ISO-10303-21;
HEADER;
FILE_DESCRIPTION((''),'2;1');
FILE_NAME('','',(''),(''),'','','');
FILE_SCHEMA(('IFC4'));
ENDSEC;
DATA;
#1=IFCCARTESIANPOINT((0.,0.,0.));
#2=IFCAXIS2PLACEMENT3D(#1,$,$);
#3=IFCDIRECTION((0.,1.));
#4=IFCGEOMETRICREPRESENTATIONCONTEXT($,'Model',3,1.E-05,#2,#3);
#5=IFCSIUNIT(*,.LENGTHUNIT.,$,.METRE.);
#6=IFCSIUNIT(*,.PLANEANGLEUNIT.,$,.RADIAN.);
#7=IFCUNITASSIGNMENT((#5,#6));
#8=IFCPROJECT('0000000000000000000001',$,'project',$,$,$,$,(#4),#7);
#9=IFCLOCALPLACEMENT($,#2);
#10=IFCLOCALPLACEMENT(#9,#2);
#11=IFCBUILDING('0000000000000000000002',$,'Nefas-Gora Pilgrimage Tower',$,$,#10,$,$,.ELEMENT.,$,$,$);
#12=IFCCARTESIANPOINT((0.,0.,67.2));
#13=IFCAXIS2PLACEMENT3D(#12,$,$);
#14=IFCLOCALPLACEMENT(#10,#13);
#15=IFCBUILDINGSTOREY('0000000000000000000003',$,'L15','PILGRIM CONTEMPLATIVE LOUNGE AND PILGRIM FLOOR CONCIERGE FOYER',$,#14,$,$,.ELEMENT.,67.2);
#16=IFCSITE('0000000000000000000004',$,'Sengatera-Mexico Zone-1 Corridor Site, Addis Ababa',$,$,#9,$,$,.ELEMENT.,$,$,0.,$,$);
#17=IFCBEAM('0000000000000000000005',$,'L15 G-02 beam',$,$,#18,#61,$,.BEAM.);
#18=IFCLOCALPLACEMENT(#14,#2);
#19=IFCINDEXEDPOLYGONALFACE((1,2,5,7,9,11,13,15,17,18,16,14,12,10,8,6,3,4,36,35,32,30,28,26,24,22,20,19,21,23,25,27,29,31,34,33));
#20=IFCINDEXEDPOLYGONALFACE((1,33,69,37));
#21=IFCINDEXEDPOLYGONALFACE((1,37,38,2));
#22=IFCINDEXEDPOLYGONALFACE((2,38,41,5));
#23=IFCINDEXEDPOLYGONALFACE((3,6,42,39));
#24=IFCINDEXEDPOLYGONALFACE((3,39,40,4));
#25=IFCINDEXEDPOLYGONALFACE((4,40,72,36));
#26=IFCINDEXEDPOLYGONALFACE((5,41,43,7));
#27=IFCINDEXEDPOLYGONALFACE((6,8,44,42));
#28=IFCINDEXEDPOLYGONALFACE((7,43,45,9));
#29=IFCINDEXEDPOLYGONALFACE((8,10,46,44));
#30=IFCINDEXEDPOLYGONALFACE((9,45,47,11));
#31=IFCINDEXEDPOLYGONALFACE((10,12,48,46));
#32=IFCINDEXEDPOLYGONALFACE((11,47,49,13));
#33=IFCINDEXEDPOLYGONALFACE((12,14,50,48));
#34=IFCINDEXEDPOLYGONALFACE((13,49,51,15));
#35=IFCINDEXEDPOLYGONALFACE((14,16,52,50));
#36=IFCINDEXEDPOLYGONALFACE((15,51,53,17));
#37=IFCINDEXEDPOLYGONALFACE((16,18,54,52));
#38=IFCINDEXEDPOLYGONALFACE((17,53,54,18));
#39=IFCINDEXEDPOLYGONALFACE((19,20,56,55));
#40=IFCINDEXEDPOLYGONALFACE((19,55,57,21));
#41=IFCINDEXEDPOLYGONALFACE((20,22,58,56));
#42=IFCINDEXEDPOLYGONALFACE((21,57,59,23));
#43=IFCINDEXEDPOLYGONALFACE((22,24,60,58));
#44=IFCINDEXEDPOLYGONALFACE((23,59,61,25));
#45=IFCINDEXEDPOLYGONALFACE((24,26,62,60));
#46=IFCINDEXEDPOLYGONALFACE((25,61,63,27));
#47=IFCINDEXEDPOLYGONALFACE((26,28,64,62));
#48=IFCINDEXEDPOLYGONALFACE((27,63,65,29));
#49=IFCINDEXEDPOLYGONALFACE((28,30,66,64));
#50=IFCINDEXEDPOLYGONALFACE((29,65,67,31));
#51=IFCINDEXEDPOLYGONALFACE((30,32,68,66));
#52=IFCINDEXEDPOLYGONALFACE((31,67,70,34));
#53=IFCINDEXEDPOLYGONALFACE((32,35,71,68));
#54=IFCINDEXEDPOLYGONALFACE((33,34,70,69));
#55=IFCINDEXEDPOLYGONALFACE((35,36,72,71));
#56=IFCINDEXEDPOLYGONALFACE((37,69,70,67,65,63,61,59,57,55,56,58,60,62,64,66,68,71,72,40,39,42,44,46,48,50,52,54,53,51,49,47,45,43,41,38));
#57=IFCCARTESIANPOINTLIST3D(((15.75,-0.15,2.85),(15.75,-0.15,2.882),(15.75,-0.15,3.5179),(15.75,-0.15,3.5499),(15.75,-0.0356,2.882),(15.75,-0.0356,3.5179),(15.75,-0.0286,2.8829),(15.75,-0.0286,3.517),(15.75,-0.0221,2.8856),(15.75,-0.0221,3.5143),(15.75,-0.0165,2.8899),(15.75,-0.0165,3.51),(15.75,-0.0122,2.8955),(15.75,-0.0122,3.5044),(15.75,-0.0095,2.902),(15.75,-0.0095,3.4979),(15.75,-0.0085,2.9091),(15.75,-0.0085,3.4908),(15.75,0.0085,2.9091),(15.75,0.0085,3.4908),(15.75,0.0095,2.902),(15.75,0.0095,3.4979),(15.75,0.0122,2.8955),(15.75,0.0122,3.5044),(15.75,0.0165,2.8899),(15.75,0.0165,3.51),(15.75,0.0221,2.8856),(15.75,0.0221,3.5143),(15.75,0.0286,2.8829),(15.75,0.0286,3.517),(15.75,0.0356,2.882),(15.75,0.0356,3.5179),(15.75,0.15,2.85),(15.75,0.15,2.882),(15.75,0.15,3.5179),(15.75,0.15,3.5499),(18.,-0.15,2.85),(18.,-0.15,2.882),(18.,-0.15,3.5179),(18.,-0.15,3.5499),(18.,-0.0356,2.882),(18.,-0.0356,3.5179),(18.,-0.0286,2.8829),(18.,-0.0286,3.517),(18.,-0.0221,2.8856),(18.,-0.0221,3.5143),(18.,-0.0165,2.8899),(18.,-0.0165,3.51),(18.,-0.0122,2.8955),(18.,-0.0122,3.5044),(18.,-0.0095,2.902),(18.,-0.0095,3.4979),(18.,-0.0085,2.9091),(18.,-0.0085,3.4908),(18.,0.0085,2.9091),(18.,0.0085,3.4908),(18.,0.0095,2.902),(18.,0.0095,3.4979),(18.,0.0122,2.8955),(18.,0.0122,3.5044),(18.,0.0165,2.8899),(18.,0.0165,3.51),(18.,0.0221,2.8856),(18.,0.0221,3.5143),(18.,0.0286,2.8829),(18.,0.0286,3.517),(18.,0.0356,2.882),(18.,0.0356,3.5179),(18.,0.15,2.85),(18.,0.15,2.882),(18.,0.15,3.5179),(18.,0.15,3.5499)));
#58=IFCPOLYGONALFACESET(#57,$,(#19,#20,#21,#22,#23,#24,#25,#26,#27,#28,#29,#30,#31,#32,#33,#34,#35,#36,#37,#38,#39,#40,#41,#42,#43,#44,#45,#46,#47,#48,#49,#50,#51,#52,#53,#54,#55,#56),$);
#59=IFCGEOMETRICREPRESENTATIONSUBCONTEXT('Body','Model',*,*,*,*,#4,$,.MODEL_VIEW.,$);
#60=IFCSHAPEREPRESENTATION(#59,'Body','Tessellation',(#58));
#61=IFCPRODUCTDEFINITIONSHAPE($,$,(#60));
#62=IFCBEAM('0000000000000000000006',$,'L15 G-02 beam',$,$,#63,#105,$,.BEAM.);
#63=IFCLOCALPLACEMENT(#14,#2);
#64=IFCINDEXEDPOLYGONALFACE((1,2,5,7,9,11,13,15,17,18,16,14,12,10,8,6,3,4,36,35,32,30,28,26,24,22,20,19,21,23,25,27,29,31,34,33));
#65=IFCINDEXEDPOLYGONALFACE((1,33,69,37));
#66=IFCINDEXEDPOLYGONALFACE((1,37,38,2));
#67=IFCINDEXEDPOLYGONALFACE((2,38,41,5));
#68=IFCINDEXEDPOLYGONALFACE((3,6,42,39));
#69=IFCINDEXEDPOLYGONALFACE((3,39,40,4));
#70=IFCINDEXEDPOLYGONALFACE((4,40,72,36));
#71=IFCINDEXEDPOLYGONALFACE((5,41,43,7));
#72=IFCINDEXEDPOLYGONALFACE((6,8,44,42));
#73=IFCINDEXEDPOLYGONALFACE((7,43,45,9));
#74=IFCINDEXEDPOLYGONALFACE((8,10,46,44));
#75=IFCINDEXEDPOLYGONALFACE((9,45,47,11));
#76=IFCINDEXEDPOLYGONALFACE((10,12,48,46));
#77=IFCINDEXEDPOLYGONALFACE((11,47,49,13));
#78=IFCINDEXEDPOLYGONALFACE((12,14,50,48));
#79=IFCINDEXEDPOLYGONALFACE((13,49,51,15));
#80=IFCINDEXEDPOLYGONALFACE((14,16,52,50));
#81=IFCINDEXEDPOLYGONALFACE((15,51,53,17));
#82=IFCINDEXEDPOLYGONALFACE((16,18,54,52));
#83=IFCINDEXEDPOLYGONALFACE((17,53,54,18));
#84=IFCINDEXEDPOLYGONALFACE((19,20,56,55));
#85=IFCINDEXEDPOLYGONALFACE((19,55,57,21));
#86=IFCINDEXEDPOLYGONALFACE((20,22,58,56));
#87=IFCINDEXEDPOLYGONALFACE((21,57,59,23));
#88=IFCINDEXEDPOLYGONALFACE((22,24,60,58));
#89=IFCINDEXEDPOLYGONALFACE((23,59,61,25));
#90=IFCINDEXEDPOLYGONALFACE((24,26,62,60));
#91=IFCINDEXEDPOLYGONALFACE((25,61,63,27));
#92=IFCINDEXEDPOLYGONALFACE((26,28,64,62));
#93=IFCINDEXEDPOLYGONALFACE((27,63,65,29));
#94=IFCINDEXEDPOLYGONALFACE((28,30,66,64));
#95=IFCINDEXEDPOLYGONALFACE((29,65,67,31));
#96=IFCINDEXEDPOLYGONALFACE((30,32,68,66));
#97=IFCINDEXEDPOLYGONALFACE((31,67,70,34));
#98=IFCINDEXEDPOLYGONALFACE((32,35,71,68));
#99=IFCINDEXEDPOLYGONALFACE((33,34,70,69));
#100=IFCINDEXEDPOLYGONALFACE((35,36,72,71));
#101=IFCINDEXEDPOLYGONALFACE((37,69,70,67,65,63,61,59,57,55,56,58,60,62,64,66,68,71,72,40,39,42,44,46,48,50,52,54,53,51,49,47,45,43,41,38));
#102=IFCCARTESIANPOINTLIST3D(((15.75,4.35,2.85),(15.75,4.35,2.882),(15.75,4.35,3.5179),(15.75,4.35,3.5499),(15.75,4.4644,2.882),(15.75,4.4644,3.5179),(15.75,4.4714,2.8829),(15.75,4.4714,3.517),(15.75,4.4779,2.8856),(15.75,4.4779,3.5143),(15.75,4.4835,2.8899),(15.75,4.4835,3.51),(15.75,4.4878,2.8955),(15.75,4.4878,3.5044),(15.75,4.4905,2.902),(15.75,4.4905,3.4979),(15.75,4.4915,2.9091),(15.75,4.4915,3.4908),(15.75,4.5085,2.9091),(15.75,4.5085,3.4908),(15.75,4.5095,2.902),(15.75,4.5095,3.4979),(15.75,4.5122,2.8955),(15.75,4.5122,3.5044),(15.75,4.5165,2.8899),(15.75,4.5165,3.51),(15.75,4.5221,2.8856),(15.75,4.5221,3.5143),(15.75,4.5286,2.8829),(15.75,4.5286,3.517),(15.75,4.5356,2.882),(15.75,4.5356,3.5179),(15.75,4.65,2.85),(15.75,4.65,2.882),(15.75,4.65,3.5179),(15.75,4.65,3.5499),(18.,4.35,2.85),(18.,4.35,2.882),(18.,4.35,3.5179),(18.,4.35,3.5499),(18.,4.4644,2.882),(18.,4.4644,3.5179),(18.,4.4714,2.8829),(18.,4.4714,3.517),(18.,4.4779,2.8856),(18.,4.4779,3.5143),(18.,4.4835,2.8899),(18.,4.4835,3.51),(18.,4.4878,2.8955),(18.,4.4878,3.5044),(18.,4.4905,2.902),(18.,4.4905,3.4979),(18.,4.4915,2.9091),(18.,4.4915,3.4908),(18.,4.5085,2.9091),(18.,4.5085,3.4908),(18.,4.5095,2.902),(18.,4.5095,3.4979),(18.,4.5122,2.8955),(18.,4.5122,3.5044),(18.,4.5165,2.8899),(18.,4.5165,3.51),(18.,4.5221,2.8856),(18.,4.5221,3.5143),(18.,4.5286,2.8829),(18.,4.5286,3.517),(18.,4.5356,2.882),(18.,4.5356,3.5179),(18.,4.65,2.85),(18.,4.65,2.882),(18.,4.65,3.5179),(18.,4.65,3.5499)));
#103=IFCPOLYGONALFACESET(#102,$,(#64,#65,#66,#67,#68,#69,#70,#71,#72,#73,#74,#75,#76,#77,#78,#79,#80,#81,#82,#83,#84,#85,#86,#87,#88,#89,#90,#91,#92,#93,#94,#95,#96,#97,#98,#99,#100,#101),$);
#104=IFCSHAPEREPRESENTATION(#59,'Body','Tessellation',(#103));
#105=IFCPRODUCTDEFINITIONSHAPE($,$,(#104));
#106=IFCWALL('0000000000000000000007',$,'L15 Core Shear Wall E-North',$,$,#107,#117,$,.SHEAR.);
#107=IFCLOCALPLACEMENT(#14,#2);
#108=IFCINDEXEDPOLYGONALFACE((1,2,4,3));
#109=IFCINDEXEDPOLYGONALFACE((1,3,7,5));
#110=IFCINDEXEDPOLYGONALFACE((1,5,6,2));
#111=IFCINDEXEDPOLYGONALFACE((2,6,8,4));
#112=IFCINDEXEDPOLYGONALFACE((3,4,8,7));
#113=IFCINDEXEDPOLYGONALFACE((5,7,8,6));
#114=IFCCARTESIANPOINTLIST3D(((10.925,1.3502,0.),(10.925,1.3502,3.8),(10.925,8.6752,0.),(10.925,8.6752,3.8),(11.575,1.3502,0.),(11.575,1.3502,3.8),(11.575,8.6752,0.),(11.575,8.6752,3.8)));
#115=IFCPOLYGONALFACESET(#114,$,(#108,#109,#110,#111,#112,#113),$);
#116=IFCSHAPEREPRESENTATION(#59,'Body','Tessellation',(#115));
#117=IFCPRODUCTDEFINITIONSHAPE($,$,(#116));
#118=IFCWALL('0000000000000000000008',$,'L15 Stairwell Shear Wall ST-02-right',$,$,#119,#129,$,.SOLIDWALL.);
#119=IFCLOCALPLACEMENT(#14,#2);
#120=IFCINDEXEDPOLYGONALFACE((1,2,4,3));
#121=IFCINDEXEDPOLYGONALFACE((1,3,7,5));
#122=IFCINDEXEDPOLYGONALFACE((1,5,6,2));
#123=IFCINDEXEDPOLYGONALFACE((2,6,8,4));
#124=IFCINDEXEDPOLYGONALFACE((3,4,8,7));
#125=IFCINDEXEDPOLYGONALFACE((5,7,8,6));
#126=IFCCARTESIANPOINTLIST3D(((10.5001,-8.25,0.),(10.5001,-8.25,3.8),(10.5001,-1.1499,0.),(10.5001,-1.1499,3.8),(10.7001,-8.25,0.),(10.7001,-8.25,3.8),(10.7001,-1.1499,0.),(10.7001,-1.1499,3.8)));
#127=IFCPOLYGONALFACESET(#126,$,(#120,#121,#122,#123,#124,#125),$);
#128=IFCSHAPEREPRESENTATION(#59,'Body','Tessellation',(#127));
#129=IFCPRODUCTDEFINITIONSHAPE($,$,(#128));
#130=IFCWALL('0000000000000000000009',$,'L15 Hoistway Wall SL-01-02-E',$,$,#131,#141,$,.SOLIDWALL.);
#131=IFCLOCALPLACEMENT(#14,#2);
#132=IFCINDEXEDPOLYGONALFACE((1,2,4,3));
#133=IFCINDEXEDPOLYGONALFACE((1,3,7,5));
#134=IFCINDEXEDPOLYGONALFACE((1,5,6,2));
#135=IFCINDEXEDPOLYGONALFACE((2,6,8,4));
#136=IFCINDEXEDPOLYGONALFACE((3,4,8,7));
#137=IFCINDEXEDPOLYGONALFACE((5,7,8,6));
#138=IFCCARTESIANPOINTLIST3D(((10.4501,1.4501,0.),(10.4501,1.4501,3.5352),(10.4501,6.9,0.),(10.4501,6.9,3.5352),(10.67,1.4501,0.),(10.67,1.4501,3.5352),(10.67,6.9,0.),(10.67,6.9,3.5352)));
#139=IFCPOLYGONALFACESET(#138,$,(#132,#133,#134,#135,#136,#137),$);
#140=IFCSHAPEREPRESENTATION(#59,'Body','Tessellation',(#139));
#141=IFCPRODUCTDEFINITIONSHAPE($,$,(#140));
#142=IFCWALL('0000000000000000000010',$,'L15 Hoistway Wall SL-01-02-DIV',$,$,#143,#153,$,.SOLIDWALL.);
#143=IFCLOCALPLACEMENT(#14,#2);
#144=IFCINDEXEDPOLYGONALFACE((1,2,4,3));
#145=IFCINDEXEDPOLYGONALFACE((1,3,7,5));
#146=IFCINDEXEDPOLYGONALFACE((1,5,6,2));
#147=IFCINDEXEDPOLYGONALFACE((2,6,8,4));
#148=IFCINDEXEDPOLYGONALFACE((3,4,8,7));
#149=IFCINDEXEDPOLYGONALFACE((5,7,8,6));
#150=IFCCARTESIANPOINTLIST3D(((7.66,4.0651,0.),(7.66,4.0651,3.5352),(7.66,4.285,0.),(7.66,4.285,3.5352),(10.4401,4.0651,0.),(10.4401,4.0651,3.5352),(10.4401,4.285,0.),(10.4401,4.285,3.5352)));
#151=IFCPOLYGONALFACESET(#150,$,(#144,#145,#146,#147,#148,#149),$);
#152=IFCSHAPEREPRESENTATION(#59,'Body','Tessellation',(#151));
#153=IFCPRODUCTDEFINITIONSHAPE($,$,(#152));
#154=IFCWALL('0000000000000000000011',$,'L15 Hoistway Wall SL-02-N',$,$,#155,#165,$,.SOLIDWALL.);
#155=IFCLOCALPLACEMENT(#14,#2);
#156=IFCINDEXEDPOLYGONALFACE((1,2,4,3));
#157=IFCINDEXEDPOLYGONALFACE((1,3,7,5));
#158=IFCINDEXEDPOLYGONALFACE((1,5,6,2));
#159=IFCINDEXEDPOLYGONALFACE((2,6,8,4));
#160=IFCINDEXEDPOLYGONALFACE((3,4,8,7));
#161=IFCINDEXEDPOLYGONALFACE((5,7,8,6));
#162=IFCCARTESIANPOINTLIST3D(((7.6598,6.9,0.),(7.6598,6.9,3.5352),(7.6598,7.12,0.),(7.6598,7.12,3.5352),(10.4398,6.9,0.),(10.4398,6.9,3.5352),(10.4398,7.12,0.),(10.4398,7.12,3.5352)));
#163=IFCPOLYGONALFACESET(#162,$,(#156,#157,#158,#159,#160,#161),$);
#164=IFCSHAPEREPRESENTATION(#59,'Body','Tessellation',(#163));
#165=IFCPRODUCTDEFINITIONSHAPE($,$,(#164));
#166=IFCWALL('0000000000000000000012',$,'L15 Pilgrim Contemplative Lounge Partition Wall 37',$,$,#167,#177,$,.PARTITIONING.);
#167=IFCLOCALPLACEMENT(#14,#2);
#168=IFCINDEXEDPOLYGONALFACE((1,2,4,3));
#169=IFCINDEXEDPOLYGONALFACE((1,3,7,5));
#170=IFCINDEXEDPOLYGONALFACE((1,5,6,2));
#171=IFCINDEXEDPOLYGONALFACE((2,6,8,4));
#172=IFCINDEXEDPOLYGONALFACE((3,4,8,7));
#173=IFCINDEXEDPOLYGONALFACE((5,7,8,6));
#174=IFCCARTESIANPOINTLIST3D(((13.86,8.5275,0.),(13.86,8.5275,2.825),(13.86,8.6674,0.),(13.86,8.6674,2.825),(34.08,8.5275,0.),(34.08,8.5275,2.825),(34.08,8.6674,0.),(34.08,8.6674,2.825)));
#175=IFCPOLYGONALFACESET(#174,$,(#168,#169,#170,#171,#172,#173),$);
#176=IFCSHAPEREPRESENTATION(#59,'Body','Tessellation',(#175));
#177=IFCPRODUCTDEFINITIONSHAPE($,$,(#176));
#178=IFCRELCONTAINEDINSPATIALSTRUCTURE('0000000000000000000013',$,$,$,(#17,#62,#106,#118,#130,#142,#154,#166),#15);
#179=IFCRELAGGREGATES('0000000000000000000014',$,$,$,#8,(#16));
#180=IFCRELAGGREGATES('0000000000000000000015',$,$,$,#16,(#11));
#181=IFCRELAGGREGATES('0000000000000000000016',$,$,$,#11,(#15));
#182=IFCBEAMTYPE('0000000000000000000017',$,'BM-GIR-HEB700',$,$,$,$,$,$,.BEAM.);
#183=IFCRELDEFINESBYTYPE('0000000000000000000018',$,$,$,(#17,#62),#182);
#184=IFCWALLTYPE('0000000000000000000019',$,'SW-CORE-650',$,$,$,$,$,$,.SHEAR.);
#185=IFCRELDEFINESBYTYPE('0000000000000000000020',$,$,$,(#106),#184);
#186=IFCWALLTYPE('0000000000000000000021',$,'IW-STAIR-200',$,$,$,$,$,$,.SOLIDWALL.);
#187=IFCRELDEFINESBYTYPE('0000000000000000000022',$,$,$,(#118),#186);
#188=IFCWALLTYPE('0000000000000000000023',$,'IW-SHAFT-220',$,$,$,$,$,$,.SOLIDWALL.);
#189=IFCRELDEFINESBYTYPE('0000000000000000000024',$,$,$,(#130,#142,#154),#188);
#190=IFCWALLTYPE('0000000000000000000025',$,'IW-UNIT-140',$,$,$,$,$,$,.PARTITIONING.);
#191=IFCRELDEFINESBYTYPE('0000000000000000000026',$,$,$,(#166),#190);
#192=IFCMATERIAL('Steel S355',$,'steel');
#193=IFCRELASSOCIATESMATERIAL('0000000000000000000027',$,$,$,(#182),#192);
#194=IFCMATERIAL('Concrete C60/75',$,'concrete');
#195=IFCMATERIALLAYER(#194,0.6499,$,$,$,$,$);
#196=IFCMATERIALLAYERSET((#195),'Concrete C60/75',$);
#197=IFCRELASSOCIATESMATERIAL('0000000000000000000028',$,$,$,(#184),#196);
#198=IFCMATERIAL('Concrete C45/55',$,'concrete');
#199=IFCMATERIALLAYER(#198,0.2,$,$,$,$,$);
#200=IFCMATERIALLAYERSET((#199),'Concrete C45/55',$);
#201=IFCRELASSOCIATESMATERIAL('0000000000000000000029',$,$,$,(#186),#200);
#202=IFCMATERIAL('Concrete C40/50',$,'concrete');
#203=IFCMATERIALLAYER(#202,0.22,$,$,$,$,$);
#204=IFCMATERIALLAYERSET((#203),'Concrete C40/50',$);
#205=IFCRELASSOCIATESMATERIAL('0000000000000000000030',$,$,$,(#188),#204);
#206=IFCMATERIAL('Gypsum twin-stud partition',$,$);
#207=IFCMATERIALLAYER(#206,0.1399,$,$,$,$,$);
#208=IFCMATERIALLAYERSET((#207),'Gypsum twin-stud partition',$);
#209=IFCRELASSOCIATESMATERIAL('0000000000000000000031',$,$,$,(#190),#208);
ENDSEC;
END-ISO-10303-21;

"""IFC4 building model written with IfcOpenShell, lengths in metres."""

from ifc_helpers import new_model, si_unit, direction, frame, frame_2d, origin, origin_2d, place, context, subcontext, project, spatial, rectangle, i_section, extrude, source, transform, mapped, material, layer, layer_set, material_profile, profile_set, type_object, element, save


model = new_model("IFC4")

# Units and contexts
model_context = context("Model", 3, precision=1e-05, world=origin(), true_north=direction((0.0, 1.0)))
body_context = subcontext(model_context, "Body", "Model", "MODEL_VIEW")
ifc_project = project(units=[si_unit("LENGTHUNIT", "METRE"), si_unit("PLANEANGLEUNIT", "RADIAN")], contexts=[model_context])

# Site, building, storey
site_placement = place(None, origin())
site = spatial("IfcSite", under=ifc_project, at=site_placement, Name="Sengatera-Mexico Zone-1 Corridor Site, Addis Ababa", CompositionType="ELEMENT", RefElevation=0.0)
building_placement = place(site_placement, origin())
building = spatial("IfcBuilding", under=site, at=building_placement, Name="Nefas-Gora Pilgrimage Tower", CompositionType="ELEMENT")
storey_placement = place(building_placement, frame((0.0, 0.0, 67.2)))
storey = spatial("IfcBuildingStorey", under=building, at=storey_placement, Name="L15", Description="PILGRIM CONTEMPLATIVE LOUNGE AND PILGRIM FLOOR CONCIERGE FOYER", CompositionType="ELEMENT", Elevation=67.2)

# Beams
ifc_material_1 = material(Name="Steel S355", Category="steel")
ifc_material_profile_1 = material_profile(ifc_material_1, i_section(OverallWidth=0.3, OverallDepth=0.7, WebThickness=0.0171, FlangeThickness=0.032, FilletRadius=0.0271, at=origin_2d()), Name="HEB 700")
ifc_profile_set_1 = profile_set([ifc_material_profile_1], Name="Steel S355")
beam_type = type_object("IfcBeamType", Name="BM-GIR-HEB700", PredefinedType="BEAM", material=ifc_profile_set_1)
shared_shape_1 = source(origin(), body_context, "Body", "SweptSolid", [
    extrude(i_section(OverallWidth=0.3, OverallDepth=0.7, WebThickness=0.0171, FlangeThickness=0.032, FilletRadius=0.0271, at=origin_2d()), origin(), (0.0, 0.0, 1.0), 2.25),
])
for number, where, z_axis, x_axis, name in (
    (1, (15.75, 0.0, 3.2), (1.0, 0.0, 0.0), (0.0, 1.0, 0.0), "L15 G-02 beam"),
    (2, (15.75, 4.5, 3.2), (1.0, 0.0, 0.0), (0.0, 1.0, 0.0), "L15 G-02 beam"),
):
    element("IfcBeam", number, at=place(storey_placement, frame(where, z_axis=z_axis, x_axis=x_axis)), inside=storey, type_object=beam_type, Name=name, PredefinedType="BEAM", context=body_context, shape_type="MappedRepresentation", body=[
        mapped(shared_shape_1, transform((0.0, 0.0, 0.0), x_axis=(1.0, 0.0, 0.0), y_axis=(0.0, 1.0, 0.0), z_axis=(0.0, 0.0, 1.0), scale=1.0)),
    ])

# Walls
ifc_material_2 = material(Name="Concrete C60/75", Category="concrete")
ifc_layer_1 = layer(ifc_material_2, 0.6499)
ifc_layer_set_1 = layer_set([ifc_layer_1], Name="Concrete C60/75")
wall_type_1 = type_object("IfcWallType", Name="SW-CORE-650", PredefinedType="SHEAR", material=ifc_layer_set_1)
shared_shape_2 = source(origin(), body_context, "Body", "SweptSolid", [
    extrude(rectangle(XDim=7.325, YDim=0.6499, at=frame_2d((3.6626, 0.0))), origin(), (0.0, 0.0, 1.0), 3.8),
])
wall_1_placement = place(storey_placement, frame((11.25, 1.3501, 0.0), z_axis=(0.0, 0.0, 1.0), x_axis=(0.0, 1.0, 0.0)))
element("IfcWall", 3, at=wall_1_placement, inside=storey, type_object=wall_type_1, Name="L15 Core Shear Wall E-North", PredefinedType="SHEAR", context=body_context, shape_type="MappedRepresentation", body=[
    mapped(shared_shape_2, transform((0.0, 0.0, 0.0), x_axis=(1.0, 0.0, 0.0), y_axis=(0.0, 1.0, 0.0), z_axis=(0.0, 0.0, 1.0), scale=1.0)),
])
ifc_material_3 = material(Name="Concrete C45/55", Category="concrete")
ifc_layer_2 = layer(ifc_material_3, 0.2)
ifc_layer_set_2 = layer_set([ifc_layer_2], Name="Concrete C45/55")
wall_type_2 = type_object("IfcWallType", Name="IW-STAIR-200", PredefinedType="SOLIDWALL", material=ifc_layer_set_2)
shared_shape_3 = source(origin(), body_context, "Body", "SweptSolid", [
    extrude(rectangle(XDim=7.1001, YDim=0.2, at=frame_2d((3.55, 0.0))), origin(), (0.0, 0.0, 1.0), 3.8),
])
wall_2_placement = place(storey_placement, frame((10.6001, -1.1499, 0.0), z_axis=(0.0, 0.0, 1.0), x_axis=(0.0, -1.0, 0.0)))
element("IfcWall", 4, at=wall_2_placement, inside=storey, type_object=wall_type_2, Name="L15 Stairwell Shear Wall ST-02-right", PredefinedType="SOLIDWALL", context=body_context, shape_type="MappedRepresentation", body=[
    mapped(shared_shape_3, transform((0.0, 0.0, 0.0), x_axis=(1.0, 0.0, 0.0), y_axis=(0.0, 1.0, 0.0), z_axis=(0.0, 0.0, 1.0), scale=1.0)),
])
ifc_material_4 = material(Name="Concrete C40/50", Category="concrete")
ifc_layer_3 = layer(ifc_material_4, 0.22)
ifc_layer_set_3 = layer_set([ifc_layer_3], Name="Concrete C40/50")
wall_type_3 = type_object("IfcWallType", Name="IW-SHAFT-220", PredefinedType="SOLIDWALL", material=ifc_layer_set_3)
shared_shape_4 = source(origin(), body_context, "Body", "SweptSolid", [
    extrude(rectangle(XDim=5.45, YDim=0.22, at=frame_2d((2.7251, 0.0))), origin(), (0.0, 0.0, 1.0), 3.5352),
])
wall_3_placement = place(storey_placement, frame((10.5601, 1.45, 0.0), z_axis=(0.0, 0.0, 1.0), x_axis=(0.0, 1.0, 0.0)))
element("IfcWall", 5, at=wall_3_placement, inside=storey, type_object=wall_type_3, Name="L15 Hoistway Wall SL-01-02-E", PredefinedType="SOLIDWALL", context=body_context, shape_type="MappedRepresentation", body=[
    mapped(shared_shape_4, transform((0.0, 0.0, 0.0), x_axis=(1.0, 0.0, 0.0), y_axis=(0.0, 1.0, 0.0), z_axis=(0.0, 0.0, 1.0), scale=1.0)),
])
shared_shape_5 = source(origin(), body_context, "Body", "SweptSolid", [
    extrude(rectangle(XDim=2.78, YDim=0.22, at=frame_2d((1.3901, 0.0))), origin(), (0.0, 0.0, 1.0), 3.5352),
])
for number, where, z_axis, x_axis, name in (
    (6, (7.6599, 4.175, 0.0), (0.0, 0.0, 1.0), (1.0, 0.0, 0.0), "L15 Hoistway Wall SL-01-02-DIV"),
    (7, (10.4399, 7.01, 0.0), (0.0, 0.0, 1.0), (-1.0, 0.0, 0.0), "L15 Hoistway Wall SL-02-N"),
):
    element("IfcWall", number, at=place(storey_placement, frame(where, z_axis=z_axis, x_axis=x_axis)), inside=storey, type_object=wall_type_3, Name=name, PredefinedType="SOLIDWALL", context=body_context, shape_type="MappedRepresentation", body=[
        mapped(shared_shape_5, transform((0.0, 0.0, 0.0), x_axis=(1.0, 0.0, 0.0), y_axis=(0.0, 1.0, 0.0), z_axis=(0.0, 0.0, 1.0), scale=1.0)),
    ])

# Wall
ifc_material_5 = material(Name="Gypsum twin-stud partition")
ifc_layer_4 = layer(ifc_material_5, 0.1399)
ifc_layer_set_4 = layer_set([ifc_layer_4], Name="Gypsum twin-stud partition")
wall_type_4 = type_object("IfcWallType", Name="IW-UNIT-140", PredefinedType="PARTITIONING", material=ifc_layer_set_4)
shared_shape_6 = source(origin(), body_context, "Body", "SweptSolid", [
    extrude(rectangle(XDim=20.22, YDim=0.1399, at=frame_2d((10.1099, 0.0))), origin(), (0.0, 0.0, 1.0), 2.825),
])
wall_4_placement = place(storey_placement, frame((13.8601, 8.5974, 0.0), z_axis=(0.0, 0.0, 1.0), x_axis=(1.0, 0.0, 0.0)))
element("IfcWall", 8, at=wall_4_placement, inside=storey, type_object=wall_type_4, Name="L15 Pilgrim Contemplative Lounge Partition Wall 37", PredefinedType="PARTITIONING", context=body_context, shape_type="MappedRepresentation", body=[
    mapped(shared_shape_6, transform((0.0, 0.0, 0.0), x_axis=(1.0, 0.0, 0.0), y_axis=(0.0, 1.0, 0.0), z_axis=(0.0, 0.0, 1.0), scale=1.0)),
])

save(model, "model.ifc")
